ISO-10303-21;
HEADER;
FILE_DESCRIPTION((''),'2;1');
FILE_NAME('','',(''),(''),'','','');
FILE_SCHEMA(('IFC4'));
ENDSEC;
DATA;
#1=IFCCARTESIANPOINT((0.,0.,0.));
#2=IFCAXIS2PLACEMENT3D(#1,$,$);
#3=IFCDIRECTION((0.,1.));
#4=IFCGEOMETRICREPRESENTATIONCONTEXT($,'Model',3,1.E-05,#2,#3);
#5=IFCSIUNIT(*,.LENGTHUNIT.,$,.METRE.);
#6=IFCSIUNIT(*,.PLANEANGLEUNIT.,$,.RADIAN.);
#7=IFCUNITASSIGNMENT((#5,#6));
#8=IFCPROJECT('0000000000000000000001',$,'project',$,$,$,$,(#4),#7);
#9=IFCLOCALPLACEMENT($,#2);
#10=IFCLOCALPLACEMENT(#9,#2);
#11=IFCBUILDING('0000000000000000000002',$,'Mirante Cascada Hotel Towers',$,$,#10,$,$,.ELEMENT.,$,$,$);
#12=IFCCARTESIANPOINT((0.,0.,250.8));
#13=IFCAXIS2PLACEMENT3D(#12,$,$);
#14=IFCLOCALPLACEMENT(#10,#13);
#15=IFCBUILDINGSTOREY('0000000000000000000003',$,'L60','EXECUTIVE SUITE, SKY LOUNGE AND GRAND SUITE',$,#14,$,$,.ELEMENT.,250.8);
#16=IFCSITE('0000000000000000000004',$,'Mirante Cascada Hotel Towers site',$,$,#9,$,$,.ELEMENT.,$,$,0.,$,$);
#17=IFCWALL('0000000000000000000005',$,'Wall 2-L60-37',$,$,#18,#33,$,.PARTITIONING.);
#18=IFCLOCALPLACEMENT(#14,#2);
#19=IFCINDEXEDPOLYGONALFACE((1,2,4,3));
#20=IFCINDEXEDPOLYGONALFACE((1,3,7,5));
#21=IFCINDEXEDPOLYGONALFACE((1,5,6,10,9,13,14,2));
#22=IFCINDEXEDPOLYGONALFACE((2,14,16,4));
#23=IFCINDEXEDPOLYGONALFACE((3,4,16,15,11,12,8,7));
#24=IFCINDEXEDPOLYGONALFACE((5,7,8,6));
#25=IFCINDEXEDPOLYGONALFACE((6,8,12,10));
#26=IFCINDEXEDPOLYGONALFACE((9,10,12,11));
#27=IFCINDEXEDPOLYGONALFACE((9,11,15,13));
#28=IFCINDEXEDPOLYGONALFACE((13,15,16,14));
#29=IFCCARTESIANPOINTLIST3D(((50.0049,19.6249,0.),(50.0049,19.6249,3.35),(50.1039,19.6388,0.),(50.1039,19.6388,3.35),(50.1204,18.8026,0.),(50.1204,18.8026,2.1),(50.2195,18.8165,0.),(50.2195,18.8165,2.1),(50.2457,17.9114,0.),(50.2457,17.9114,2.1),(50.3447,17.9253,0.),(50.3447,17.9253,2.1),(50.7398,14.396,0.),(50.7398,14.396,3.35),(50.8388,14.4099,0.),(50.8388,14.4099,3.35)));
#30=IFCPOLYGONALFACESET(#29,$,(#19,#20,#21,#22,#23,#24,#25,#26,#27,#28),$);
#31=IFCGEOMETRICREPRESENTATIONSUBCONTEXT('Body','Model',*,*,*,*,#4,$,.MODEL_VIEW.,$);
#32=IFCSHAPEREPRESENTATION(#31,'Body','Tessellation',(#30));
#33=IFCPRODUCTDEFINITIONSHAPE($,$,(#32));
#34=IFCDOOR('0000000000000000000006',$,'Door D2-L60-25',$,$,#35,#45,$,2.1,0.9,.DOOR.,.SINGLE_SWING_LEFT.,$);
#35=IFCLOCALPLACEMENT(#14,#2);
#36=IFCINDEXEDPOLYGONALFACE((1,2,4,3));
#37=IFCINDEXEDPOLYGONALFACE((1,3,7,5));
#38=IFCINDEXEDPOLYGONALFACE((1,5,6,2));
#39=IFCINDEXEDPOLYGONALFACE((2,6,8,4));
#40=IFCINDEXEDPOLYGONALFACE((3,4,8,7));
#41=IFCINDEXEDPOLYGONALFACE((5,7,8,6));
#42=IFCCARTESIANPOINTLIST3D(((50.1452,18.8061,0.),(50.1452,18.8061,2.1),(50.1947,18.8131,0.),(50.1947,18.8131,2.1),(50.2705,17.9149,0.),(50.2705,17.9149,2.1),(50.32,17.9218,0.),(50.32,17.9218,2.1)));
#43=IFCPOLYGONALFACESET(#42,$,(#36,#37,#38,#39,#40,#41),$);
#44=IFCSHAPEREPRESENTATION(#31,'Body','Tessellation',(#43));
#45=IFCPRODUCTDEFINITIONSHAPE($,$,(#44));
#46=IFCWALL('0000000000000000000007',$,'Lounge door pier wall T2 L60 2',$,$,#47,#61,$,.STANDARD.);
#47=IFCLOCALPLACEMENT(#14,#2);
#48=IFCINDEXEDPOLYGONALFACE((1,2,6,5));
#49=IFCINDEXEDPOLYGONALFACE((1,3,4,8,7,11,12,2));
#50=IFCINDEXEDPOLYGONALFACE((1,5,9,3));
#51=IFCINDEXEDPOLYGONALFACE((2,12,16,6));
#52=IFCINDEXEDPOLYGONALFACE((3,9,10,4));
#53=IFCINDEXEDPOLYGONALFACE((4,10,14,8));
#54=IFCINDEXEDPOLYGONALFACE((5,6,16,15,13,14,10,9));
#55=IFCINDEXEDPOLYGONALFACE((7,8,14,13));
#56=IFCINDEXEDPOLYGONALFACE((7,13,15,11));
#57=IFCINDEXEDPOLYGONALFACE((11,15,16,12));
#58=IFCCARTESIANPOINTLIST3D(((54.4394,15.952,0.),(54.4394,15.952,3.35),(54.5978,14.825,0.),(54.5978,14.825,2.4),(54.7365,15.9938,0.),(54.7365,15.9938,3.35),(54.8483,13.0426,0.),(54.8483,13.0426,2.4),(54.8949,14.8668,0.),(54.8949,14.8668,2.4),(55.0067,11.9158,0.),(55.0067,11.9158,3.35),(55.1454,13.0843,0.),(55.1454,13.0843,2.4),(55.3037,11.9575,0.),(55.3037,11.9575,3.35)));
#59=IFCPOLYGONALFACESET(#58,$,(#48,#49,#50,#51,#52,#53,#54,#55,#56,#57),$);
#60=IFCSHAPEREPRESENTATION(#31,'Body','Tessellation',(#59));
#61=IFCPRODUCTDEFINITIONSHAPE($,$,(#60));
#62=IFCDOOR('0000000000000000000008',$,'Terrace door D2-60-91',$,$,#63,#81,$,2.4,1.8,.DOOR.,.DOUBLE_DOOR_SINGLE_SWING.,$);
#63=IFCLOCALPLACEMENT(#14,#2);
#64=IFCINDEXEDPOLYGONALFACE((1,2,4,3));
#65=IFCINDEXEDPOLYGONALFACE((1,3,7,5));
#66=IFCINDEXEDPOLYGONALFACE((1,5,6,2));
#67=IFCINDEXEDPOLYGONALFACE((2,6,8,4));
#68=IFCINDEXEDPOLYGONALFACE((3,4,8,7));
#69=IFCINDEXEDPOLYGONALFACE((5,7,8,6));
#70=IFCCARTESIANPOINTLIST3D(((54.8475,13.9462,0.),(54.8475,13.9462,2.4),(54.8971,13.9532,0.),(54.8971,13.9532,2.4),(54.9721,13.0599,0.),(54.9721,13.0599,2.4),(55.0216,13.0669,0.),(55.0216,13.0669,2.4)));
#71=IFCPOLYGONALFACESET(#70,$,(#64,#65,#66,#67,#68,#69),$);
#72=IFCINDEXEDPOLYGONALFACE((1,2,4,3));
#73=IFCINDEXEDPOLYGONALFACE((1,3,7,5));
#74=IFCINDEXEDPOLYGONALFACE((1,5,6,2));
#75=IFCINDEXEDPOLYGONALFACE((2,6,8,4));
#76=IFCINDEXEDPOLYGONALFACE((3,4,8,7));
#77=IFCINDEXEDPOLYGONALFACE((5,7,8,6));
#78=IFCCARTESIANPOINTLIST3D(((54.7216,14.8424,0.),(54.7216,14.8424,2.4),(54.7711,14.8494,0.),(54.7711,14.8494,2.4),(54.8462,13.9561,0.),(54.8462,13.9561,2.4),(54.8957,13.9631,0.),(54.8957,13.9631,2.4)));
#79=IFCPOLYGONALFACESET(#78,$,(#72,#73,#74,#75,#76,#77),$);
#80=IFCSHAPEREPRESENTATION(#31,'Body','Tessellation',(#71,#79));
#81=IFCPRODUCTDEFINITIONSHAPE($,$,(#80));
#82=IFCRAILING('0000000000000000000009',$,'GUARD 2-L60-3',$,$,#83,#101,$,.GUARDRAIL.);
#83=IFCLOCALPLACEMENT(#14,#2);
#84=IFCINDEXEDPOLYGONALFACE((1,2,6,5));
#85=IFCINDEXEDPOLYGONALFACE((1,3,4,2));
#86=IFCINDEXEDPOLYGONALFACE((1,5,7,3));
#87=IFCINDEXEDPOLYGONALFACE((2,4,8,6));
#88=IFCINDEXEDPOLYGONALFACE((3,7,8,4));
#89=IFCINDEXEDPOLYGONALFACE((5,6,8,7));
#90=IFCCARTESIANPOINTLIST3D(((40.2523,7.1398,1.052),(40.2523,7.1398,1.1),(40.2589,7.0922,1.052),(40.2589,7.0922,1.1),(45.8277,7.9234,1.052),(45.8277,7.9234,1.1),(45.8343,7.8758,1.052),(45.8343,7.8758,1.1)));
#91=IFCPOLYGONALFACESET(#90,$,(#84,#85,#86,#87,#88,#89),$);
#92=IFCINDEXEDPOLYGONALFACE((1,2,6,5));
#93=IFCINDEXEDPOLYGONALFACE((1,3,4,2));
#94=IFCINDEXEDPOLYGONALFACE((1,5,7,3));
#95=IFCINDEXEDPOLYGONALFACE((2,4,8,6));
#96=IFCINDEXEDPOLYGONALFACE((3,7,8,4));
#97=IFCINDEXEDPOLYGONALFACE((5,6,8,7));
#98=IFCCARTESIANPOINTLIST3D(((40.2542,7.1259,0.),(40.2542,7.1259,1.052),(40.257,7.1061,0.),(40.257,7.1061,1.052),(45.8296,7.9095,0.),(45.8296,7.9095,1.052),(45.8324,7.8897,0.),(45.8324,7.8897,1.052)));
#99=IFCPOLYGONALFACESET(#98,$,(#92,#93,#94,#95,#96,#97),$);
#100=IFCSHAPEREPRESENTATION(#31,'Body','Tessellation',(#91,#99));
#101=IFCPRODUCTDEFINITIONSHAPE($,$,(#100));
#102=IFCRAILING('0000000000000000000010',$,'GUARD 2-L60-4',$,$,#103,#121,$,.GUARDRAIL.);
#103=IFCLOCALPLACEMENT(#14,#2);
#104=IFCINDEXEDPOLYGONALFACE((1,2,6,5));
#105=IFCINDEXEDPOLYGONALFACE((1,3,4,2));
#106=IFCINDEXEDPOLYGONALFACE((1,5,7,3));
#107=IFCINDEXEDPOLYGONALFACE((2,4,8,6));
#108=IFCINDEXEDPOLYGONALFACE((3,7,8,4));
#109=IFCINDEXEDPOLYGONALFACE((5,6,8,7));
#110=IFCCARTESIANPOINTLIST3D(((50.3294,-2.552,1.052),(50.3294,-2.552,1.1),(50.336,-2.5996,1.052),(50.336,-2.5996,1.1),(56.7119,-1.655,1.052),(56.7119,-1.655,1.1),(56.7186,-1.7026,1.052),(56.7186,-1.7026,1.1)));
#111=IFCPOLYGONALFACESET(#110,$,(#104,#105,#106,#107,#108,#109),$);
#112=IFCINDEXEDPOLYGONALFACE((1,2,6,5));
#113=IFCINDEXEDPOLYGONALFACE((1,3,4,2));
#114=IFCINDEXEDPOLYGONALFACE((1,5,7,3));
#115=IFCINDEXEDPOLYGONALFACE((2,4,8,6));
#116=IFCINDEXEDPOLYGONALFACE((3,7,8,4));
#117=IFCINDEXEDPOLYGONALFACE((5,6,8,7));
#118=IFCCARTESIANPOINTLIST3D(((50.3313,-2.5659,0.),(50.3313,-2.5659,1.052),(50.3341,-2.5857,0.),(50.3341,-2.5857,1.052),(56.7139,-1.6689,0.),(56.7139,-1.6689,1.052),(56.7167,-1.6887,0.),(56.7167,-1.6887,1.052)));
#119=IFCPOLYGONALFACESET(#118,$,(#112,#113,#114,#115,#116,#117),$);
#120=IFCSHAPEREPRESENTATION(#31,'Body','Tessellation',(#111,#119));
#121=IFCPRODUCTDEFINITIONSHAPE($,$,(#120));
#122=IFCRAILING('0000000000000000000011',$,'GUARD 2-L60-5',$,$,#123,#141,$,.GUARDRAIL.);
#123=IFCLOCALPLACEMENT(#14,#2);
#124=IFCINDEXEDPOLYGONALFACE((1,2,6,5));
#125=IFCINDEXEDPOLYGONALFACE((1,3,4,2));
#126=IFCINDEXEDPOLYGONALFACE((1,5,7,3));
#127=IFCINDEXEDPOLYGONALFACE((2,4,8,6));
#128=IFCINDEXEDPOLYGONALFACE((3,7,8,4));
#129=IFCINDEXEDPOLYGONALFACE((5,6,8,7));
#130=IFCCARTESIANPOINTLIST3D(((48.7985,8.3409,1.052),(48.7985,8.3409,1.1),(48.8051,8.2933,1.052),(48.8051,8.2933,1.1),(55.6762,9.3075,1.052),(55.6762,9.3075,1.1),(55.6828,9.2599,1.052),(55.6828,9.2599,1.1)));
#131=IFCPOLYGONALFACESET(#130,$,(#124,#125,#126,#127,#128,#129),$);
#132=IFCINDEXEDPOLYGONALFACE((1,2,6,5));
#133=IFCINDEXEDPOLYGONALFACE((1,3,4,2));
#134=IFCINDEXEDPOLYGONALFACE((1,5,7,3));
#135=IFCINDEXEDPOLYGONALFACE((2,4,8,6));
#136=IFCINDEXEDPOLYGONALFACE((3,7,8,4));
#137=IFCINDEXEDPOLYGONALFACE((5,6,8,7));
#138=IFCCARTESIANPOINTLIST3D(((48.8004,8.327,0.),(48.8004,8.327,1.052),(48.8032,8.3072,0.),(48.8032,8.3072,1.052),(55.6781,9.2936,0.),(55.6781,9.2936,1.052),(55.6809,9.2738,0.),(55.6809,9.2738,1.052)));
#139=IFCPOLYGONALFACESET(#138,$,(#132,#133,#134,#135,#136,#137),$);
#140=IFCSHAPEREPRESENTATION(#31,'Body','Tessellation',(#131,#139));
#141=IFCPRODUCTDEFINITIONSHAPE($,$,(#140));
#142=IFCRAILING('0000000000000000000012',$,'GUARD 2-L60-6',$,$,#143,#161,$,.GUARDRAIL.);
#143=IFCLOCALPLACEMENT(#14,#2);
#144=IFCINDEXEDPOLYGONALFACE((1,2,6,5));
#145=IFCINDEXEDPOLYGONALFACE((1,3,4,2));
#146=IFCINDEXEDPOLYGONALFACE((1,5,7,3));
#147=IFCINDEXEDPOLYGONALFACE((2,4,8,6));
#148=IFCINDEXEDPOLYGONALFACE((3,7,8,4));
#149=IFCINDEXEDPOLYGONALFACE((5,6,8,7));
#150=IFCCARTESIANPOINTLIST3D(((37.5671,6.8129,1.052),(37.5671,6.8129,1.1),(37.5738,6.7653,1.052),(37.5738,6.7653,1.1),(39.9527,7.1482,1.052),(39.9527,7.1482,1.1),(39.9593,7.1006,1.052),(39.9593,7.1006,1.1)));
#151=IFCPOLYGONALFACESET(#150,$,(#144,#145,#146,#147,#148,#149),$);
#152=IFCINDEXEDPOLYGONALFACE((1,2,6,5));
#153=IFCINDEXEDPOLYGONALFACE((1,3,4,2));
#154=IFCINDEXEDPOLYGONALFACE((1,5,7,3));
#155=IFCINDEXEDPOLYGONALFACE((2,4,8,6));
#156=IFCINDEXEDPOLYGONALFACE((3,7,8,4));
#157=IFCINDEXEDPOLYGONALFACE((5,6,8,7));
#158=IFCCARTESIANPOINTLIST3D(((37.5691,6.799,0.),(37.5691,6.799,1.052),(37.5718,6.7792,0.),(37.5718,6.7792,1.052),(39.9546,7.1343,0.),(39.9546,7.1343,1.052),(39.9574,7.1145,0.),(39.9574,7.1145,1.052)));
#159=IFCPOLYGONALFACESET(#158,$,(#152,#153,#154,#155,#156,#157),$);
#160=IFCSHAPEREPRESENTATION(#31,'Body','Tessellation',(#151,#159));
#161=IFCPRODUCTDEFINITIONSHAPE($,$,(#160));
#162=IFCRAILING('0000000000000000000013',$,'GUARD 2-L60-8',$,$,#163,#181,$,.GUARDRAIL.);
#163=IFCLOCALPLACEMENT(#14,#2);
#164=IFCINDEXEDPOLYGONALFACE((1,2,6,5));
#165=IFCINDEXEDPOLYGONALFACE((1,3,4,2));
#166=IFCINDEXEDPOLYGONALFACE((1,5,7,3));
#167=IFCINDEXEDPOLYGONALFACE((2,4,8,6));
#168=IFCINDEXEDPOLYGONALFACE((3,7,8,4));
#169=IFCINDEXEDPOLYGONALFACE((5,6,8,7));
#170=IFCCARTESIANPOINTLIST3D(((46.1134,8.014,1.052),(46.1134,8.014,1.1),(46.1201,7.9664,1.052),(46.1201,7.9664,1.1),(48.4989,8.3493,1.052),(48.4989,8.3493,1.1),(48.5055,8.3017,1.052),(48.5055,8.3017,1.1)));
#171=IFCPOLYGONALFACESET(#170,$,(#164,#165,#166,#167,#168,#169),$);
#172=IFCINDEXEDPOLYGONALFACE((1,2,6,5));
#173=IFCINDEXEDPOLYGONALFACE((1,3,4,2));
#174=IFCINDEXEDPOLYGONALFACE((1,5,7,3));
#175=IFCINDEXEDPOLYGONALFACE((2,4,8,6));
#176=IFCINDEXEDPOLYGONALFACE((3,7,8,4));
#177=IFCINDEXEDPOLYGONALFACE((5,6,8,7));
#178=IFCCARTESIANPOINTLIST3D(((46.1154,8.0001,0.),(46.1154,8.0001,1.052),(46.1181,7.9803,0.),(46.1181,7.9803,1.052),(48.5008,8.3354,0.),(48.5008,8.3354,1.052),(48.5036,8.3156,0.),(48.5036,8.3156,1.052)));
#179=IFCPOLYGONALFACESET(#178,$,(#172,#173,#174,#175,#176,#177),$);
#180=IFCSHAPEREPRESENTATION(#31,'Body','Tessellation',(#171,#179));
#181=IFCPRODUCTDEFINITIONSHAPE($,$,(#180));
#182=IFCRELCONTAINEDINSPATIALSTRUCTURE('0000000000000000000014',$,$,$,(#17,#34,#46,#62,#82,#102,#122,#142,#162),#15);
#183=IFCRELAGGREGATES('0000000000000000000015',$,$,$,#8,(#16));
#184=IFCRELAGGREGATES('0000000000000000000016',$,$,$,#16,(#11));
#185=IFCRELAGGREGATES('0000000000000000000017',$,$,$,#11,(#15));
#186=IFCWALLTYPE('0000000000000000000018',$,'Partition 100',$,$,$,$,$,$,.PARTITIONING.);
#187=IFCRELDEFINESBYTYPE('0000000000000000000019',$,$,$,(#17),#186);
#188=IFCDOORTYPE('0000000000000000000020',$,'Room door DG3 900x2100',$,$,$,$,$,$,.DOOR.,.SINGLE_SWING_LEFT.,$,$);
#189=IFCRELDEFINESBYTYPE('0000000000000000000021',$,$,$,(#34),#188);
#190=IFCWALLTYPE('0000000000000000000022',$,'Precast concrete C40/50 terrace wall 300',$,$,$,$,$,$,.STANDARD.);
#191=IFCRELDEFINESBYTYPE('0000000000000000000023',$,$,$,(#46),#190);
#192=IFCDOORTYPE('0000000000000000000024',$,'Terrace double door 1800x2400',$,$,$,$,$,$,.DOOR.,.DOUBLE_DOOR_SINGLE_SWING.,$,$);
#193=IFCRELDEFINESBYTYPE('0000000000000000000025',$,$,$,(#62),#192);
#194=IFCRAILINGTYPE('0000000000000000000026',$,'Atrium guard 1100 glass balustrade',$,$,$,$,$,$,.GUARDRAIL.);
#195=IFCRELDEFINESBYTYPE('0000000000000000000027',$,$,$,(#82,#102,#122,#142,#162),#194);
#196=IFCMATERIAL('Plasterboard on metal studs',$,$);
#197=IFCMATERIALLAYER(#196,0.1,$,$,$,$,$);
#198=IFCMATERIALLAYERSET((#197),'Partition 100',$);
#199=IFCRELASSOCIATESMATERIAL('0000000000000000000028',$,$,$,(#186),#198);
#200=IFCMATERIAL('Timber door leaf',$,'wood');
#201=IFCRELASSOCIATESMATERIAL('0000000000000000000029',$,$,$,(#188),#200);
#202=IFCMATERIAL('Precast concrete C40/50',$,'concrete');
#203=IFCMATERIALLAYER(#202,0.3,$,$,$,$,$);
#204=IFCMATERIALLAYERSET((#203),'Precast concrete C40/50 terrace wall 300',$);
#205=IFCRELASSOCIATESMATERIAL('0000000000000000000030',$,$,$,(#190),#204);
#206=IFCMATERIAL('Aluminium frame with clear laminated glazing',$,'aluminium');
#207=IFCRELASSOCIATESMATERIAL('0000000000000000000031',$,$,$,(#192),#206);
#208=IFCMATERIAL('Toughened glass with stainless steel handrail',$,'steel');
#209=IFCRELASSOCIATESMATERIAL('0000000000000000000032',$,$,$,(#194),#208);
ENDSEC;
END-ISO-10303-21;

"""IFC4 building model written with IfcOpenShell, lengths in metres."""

from ifc_helpers import new_model, si_unit, direction, frame, frame_2d, origin, origin_2d, place, context, subcontext, project, spatial, rectangle, extrude, material, layer, layer_set, type_object, element, fill, save


model = new_model("IFC4")

# Units and contexts
model_context = context("Model", 3, precision=1e-05, world=origin(), true_north=direction((0.0, 1.0)))
body_context = subcontext(model_context, "Body", "Model", "MODEL_VIEW")
ifc_project = project(units=[si_unit("LENGTHUNIT", "METRE"), si_unit("PLANEANGLEUNIT", "RADIAN")], contexts=[model_context])

# Site, building, storey
site_placement = place(None, origin())
site = spatial("IfcSite", under=ifc_project, at=site_placement, Name="Mirante Cascada Hotel Towers site", CompositionType="ELEMENT", RefElevation=0.0)
building_placement = place(site_placement, origin())
building = spatial("IfcBuilding", under=site, at=building_placement, Name="Mirante Cascada Hotel Towers", CompositionType="ELEMENT")
storey_placement = place(building_placement, frame((0.0, 0.0, 250.8)))
storey = spatial("IfcBuildingStorey", under=building, at=storey_placement, Name="L60", Description="EXECUTIVE SUITE, SKY LOUNGE AND GRAND SUITE", CompositionType="ELEMENT", Elevation=250.8)

# Shared definitions
ifc_material_1 = material(Name="Plasterboard on metal studs")
ifc_layer_1 = layer(ifc_material_1, 0.1)
ifc_layer_set_1 = layer_set([ifc_layer_1], Name="Partition 100")
wall_type_1 = type_object("IfcWallType", Name="Partition 100", PredefinedType="PARTITIONING", material=ifc_layer_set_1)
ifc_material_2 = material(Name="Timber door leaf", Category="wood")
door_type_1 = type_object("IfcDoorType", Name="Room door DG3 900x2100", OperationType="SINGLE_SWING_LEFT", PredefinedType="DOOR", material=ifc_material_2)

# Walls, openings, doors
wall_1_placement = place(storey_placement, frame((50.7893, 14.4029, 0.0), z_axis=(0.0, 0.0, 1.0), x_axis=(-0.139178, 0.990267, 0.0)))
wall_1 = element("IfcWall", 1, at=wall_1_placement, inside=storey, type_object=wall_type_1, Name="Wall 2-L60-37", PredefinedType="PARTITIONING", context=body_context, shape_type="SweptSolid", body=[
    extrude(rectangle(XDim=5.2803, YDim=0.1, at=frame_2d((2.6402, 0.0))), origin(), (0.0, 0.0, 1.0), 3.35),
])
opening_1_placement = place(wall_1_placement, frame((3.55, 0.0, 0.0)))
opening_1 = element("IfcOpeningElement", 2, at=opening_1_placement, cuts=wall_1, PredefinedType="OPENING", context=body_context, shape_type="SweptSolid", body=[
    extrude(rectangle(XDim=0.9, YDim=2.1, at=frame_2d((0.45, 1.05))), frame((0.0, 0.05, 0.0), z_axis=(0.0, -1.0, 0.0), x_axis=(1.0, 0.0, 0.0)), (0.0, 0.0, 1.0), 0.1),
])
door_1_placement = place(opening_1_placement, origin())
door_1 = element("IfcDoor", 3, at=door_1_placement, inside=storey, type_object=door_type_1, Name="Door D2-L60-25", OperationType="SINGLE_SWING_LEFT", OverallHeight=2.1, OverallWidth=0.9, PredefinedType="DOOR", context=body_context, shape_type="SweptSolid", body=[
    extrude(rectangle(XDim=0.9, YDim=2.1, at=frame_2d((0.45, 1.05))), frame((0.0, 0.025, 0.0), z_axis=(0.0, -1.0, 0.0), x_axis=(1.0, 0.0, 0.0)), (0.0, 0.0, 1.0), 0.05),
])
fill(opening_1, door_1)
ifc_material_3 = material(Name="Precast concrete C40/50", Category="concrete")
ifc_layer_2 = layer(ifc_material_3, 0.3)
ifc_layer_set_2 = layer_set([ifc_layer_2], Name="Precast concrete C40/50 terrace wall 300")
wall_type_2 = type_object("IfcWallType", Name="Precast concrete C40/50 terrace wall 300", PredefinedType="STANDARD", material=ifc_layer_set_2)
wall_2_placement = place(storey_placement, frame((55.1552, 11.9366, 0.0), z_axis=(0.0, 0.0, 1.0), x_axis=(-0.139161, 0.99027, 0.0)))
wall_2 = element("IfcWall", 4, at=wall_2_placement, inside=storey, type_object=wall_type_2, Name="Lounge door pier wall T2 L60 2", PredefinedType="STANDARD", context=body_context, shape_type="SweptSolid", body=[
    extrude(rectangle(XDim=4.0759, YDim=0.3, at=frame_2d((2.038, 0.0))), origin(), (0.0, 0.0, 1.0), 3.35),
])
opening_2_placement = place(wall_2_placement, frame((1.1379, 0.0, 0.0)))
opening_2 = element("IfcOpeningElement", 5, at=opening_2_placement, cuts=wall_2, PredefinedType="OPENING", context=body_context, shape_type="SweptSolid", body=[
    extrude(rectangle(XDim=1.8, YDim=2.4, at=frame_2d((0.9, 1.2))), frame((0.0, 0.15, 0.0), z_axis=(0.0, -1.0, 0.0), x_axis=(1.0, 0.0, 0.0)), (0.0, 0.0, 1.0), 0.3),
])
ifc_material_4 = material(Name="Aluminium frame with clear laminated glazing", Category="aluminium")
door_type_2 = type_object("IfcDoorType", Name="Terrace double door 1800x2400", OperationType="DOUBLE_DOOR_SINGLE_SWING", PredefinedType="DOOR", material=ifc_material_4)
door_2_placement = place(opening_2_placement, origin())
door_2 = element("IfcDoor", 6, at=door_2_placement, inside=storey, type_object=door_type_2, Name="Terrace door D2-60-91", OperationType="DOUBLE_DOOR_SINGLE_SWING", OverallHeight=2.4, OverallWidth=1.8, PredefinedType="DOOR", context=body_context, shape_type="SweptSolid", body=[
    extrude(rectangle(XDim=0.895, YDim=2.4, at=frame_2d((0.4475, 1.2))), frame((0.0, 0.025, 0.0), z_axis=(0.0, -1.0, 0.0), x_axis=(1.0, 0.0, 0.0)), (0.0, 0.0, 1.0), 0.05),
    extrude(rectangle(XDim=0.895, YDim=2.4, at=frame_2d((1.3525, 1.2))), frame((0.0, 0.025, 0.0), z_axis=(0.0, -1.0, 0.0), x_axis=(1.0, 0.0, 0.0)), (0.0, 0.0, 1.0), 0.05),
])
fill(opening_2, door_2)

# Railings
ifc_material_5 = material(Name="Toughened glass with stainless steel handrail", Category="steel")
railing_type = type_object("IfcRailingType", Name="Atrium guard 1100 glass balustrade", PredefinedType="GUARDRAIL", material=ifc_material_5)
railing_1_placement = place(storey_placement, frame((45.831, 7.8996, 0.0)))
element("IfcRailing", 7, at=railing_1_placement, inside=storey, type_object=railing_type, Name="GUARD 2-L60-3", PredefinedType="GUARDRAIL", context=body_context, shape_type="SweptSolid", body=[
    extrude(rectangle(XDim=0.048, YDim=0.048, at=origin_2d()), frame((0.0, 0.0, 1.076), z_axis=(-0.990267, -0.139178, 0.0), x_axis=(0.139178, -0.990267, 0.0)), (0.0, 0.0, 1.0), 5.6302),
    extrude(rectangle(XDim=0.02, YDim=1.052, at=origin_2d()), frame((0.0, 0.0, 0.526), z_axis=(-0.990267, -0.139178, 0.0), x_axis=(0.139178, -0.990267, 0.0)), (0.0, 0.0, 1.0), 5.6302),
])
railing_2_placement = place(storey_placement, frame((50.3327, -2.5758, 0.0)))
element("IfcRailing", 8, at=railing_2_placement, inside=storey, type_object=railing_type, Name="GUARD 2-L60-4", PredefinedType="GUARDRAIL", context=body_context, shape_type="SweptSolid", body=[
    extrude(rectangle(XDim=0.048, YDim=0.048, at=origin_2d()), frame((0.0, 0.0, 1.076), z_axis=(0.990268, 0.139171, 0.0), x_axis=(-0.139171, 0.990268, 0.0)), (0.0, 0.0, 1.0), 6.4453),
    extrude(rectangle(XDim=0.02, YDim=1.052, at=origin_2d()), frame((0.0, 0.0, 0.526), z_axis=(0.990268, 0.139171, 0.0), x_axis=(-0.139171, 0.990268, 0.0)), (0.0, 0.0, 1.0), 6.4453),
])
railing_3_placement = place(storey_placement, frame((55.6795, 9.2837, 0.0)))
element("IfcRailing", 9, at=railing_3_placement, inside=storey, type_object=railing_type, Name="GUARD 2-L60-5", PredefinedType="GUARDRAIL", context=body_context, shape_type="SweptSolid", body=[
    extrude(rectangle(XDim=0.048, YDim=0.048, at=origin_2d()), frame((0.0, 0.0, 1.076), z_axis=(-0.990268, -0.139173, 0.0), x_axis=(0.139173, -0.990268, 0.0)), (0.0, 0.0, 1.0), 6.9453),
    extrude(rectangle(XDim=0.02, YDim=1.052, at=origin_2d()), frame((0.0, 0.0, 0.526), z_axis=(-0.990268, -0.139173, 0.0), x_axis=(0.139173, -0.990268, 0.0)), (0.0, 0.0, 1.0), 6.9453),
])
railing_4_placement = place(storey_placement, frame((39.956, 7.1244, 0.0)))
element("IfcRailing", 10, at=railing_4_placement, inside=storey, type_object=railing_type, Name="GUARD 2-L60-6", PredefinedType="GUARDRAIL", context=body_context, shape_type="SweptSolid", body=[
    extrude(rectangle(XDim=0.048, YDim=0.048, at=origin_2d()), frame((0.0, 0.0, 1.076), z_axis=(-0.990267, -0.139184, 0.0), x_axis=(0.139184, -0.990267, 0.0)), (0.0, 0.0, 1.0), 2.409),
    extrude(rectangle(XDim=0.02, YDim=1.052, at=origin_2d()), frame((0.0, 0.0, 0.526), z_axis=(-0.990267, -0.139184, 0.0), x_axis=(0.139184, -0.990267, 0.0)), (0.0, 0.0, 1.0), 2.409),
])
railing_5_placement = place(storey_placement, frame((48.5022, 8.3255, 0.0)))
element("IfcRailing", 11, at=railing_5_placement, inside=storey, type_object=railing_type, Name="GUARD 2-L60-8", PredefinedType="GUARDRAIL", context=body_context, shape_type="SweptSolid", body=[
    extrude(rectangle(XDim=0.048, YDim=0.048, at=origin_2d()), frame((0.0, 0.0, 1.076), z_axis=(-0.990266, -0.139189, 0.0), x_axis=(0.139189, -0.990266, 0.0)), (0.0, 0.0, 1.0), 2.4089),
    extrude(rectangle(XDim=0.02, YDim=1.052, at=origin_2d()), frame((0.0, 0.0, 0.526), z_axis=(-0.990266, -0.139189, 0.0), x_axis=(0.139189, -0.990266, 0.0)), (0.0, 0.0, 1.0), 2.4089),
])

save(model, "model.ifc")
